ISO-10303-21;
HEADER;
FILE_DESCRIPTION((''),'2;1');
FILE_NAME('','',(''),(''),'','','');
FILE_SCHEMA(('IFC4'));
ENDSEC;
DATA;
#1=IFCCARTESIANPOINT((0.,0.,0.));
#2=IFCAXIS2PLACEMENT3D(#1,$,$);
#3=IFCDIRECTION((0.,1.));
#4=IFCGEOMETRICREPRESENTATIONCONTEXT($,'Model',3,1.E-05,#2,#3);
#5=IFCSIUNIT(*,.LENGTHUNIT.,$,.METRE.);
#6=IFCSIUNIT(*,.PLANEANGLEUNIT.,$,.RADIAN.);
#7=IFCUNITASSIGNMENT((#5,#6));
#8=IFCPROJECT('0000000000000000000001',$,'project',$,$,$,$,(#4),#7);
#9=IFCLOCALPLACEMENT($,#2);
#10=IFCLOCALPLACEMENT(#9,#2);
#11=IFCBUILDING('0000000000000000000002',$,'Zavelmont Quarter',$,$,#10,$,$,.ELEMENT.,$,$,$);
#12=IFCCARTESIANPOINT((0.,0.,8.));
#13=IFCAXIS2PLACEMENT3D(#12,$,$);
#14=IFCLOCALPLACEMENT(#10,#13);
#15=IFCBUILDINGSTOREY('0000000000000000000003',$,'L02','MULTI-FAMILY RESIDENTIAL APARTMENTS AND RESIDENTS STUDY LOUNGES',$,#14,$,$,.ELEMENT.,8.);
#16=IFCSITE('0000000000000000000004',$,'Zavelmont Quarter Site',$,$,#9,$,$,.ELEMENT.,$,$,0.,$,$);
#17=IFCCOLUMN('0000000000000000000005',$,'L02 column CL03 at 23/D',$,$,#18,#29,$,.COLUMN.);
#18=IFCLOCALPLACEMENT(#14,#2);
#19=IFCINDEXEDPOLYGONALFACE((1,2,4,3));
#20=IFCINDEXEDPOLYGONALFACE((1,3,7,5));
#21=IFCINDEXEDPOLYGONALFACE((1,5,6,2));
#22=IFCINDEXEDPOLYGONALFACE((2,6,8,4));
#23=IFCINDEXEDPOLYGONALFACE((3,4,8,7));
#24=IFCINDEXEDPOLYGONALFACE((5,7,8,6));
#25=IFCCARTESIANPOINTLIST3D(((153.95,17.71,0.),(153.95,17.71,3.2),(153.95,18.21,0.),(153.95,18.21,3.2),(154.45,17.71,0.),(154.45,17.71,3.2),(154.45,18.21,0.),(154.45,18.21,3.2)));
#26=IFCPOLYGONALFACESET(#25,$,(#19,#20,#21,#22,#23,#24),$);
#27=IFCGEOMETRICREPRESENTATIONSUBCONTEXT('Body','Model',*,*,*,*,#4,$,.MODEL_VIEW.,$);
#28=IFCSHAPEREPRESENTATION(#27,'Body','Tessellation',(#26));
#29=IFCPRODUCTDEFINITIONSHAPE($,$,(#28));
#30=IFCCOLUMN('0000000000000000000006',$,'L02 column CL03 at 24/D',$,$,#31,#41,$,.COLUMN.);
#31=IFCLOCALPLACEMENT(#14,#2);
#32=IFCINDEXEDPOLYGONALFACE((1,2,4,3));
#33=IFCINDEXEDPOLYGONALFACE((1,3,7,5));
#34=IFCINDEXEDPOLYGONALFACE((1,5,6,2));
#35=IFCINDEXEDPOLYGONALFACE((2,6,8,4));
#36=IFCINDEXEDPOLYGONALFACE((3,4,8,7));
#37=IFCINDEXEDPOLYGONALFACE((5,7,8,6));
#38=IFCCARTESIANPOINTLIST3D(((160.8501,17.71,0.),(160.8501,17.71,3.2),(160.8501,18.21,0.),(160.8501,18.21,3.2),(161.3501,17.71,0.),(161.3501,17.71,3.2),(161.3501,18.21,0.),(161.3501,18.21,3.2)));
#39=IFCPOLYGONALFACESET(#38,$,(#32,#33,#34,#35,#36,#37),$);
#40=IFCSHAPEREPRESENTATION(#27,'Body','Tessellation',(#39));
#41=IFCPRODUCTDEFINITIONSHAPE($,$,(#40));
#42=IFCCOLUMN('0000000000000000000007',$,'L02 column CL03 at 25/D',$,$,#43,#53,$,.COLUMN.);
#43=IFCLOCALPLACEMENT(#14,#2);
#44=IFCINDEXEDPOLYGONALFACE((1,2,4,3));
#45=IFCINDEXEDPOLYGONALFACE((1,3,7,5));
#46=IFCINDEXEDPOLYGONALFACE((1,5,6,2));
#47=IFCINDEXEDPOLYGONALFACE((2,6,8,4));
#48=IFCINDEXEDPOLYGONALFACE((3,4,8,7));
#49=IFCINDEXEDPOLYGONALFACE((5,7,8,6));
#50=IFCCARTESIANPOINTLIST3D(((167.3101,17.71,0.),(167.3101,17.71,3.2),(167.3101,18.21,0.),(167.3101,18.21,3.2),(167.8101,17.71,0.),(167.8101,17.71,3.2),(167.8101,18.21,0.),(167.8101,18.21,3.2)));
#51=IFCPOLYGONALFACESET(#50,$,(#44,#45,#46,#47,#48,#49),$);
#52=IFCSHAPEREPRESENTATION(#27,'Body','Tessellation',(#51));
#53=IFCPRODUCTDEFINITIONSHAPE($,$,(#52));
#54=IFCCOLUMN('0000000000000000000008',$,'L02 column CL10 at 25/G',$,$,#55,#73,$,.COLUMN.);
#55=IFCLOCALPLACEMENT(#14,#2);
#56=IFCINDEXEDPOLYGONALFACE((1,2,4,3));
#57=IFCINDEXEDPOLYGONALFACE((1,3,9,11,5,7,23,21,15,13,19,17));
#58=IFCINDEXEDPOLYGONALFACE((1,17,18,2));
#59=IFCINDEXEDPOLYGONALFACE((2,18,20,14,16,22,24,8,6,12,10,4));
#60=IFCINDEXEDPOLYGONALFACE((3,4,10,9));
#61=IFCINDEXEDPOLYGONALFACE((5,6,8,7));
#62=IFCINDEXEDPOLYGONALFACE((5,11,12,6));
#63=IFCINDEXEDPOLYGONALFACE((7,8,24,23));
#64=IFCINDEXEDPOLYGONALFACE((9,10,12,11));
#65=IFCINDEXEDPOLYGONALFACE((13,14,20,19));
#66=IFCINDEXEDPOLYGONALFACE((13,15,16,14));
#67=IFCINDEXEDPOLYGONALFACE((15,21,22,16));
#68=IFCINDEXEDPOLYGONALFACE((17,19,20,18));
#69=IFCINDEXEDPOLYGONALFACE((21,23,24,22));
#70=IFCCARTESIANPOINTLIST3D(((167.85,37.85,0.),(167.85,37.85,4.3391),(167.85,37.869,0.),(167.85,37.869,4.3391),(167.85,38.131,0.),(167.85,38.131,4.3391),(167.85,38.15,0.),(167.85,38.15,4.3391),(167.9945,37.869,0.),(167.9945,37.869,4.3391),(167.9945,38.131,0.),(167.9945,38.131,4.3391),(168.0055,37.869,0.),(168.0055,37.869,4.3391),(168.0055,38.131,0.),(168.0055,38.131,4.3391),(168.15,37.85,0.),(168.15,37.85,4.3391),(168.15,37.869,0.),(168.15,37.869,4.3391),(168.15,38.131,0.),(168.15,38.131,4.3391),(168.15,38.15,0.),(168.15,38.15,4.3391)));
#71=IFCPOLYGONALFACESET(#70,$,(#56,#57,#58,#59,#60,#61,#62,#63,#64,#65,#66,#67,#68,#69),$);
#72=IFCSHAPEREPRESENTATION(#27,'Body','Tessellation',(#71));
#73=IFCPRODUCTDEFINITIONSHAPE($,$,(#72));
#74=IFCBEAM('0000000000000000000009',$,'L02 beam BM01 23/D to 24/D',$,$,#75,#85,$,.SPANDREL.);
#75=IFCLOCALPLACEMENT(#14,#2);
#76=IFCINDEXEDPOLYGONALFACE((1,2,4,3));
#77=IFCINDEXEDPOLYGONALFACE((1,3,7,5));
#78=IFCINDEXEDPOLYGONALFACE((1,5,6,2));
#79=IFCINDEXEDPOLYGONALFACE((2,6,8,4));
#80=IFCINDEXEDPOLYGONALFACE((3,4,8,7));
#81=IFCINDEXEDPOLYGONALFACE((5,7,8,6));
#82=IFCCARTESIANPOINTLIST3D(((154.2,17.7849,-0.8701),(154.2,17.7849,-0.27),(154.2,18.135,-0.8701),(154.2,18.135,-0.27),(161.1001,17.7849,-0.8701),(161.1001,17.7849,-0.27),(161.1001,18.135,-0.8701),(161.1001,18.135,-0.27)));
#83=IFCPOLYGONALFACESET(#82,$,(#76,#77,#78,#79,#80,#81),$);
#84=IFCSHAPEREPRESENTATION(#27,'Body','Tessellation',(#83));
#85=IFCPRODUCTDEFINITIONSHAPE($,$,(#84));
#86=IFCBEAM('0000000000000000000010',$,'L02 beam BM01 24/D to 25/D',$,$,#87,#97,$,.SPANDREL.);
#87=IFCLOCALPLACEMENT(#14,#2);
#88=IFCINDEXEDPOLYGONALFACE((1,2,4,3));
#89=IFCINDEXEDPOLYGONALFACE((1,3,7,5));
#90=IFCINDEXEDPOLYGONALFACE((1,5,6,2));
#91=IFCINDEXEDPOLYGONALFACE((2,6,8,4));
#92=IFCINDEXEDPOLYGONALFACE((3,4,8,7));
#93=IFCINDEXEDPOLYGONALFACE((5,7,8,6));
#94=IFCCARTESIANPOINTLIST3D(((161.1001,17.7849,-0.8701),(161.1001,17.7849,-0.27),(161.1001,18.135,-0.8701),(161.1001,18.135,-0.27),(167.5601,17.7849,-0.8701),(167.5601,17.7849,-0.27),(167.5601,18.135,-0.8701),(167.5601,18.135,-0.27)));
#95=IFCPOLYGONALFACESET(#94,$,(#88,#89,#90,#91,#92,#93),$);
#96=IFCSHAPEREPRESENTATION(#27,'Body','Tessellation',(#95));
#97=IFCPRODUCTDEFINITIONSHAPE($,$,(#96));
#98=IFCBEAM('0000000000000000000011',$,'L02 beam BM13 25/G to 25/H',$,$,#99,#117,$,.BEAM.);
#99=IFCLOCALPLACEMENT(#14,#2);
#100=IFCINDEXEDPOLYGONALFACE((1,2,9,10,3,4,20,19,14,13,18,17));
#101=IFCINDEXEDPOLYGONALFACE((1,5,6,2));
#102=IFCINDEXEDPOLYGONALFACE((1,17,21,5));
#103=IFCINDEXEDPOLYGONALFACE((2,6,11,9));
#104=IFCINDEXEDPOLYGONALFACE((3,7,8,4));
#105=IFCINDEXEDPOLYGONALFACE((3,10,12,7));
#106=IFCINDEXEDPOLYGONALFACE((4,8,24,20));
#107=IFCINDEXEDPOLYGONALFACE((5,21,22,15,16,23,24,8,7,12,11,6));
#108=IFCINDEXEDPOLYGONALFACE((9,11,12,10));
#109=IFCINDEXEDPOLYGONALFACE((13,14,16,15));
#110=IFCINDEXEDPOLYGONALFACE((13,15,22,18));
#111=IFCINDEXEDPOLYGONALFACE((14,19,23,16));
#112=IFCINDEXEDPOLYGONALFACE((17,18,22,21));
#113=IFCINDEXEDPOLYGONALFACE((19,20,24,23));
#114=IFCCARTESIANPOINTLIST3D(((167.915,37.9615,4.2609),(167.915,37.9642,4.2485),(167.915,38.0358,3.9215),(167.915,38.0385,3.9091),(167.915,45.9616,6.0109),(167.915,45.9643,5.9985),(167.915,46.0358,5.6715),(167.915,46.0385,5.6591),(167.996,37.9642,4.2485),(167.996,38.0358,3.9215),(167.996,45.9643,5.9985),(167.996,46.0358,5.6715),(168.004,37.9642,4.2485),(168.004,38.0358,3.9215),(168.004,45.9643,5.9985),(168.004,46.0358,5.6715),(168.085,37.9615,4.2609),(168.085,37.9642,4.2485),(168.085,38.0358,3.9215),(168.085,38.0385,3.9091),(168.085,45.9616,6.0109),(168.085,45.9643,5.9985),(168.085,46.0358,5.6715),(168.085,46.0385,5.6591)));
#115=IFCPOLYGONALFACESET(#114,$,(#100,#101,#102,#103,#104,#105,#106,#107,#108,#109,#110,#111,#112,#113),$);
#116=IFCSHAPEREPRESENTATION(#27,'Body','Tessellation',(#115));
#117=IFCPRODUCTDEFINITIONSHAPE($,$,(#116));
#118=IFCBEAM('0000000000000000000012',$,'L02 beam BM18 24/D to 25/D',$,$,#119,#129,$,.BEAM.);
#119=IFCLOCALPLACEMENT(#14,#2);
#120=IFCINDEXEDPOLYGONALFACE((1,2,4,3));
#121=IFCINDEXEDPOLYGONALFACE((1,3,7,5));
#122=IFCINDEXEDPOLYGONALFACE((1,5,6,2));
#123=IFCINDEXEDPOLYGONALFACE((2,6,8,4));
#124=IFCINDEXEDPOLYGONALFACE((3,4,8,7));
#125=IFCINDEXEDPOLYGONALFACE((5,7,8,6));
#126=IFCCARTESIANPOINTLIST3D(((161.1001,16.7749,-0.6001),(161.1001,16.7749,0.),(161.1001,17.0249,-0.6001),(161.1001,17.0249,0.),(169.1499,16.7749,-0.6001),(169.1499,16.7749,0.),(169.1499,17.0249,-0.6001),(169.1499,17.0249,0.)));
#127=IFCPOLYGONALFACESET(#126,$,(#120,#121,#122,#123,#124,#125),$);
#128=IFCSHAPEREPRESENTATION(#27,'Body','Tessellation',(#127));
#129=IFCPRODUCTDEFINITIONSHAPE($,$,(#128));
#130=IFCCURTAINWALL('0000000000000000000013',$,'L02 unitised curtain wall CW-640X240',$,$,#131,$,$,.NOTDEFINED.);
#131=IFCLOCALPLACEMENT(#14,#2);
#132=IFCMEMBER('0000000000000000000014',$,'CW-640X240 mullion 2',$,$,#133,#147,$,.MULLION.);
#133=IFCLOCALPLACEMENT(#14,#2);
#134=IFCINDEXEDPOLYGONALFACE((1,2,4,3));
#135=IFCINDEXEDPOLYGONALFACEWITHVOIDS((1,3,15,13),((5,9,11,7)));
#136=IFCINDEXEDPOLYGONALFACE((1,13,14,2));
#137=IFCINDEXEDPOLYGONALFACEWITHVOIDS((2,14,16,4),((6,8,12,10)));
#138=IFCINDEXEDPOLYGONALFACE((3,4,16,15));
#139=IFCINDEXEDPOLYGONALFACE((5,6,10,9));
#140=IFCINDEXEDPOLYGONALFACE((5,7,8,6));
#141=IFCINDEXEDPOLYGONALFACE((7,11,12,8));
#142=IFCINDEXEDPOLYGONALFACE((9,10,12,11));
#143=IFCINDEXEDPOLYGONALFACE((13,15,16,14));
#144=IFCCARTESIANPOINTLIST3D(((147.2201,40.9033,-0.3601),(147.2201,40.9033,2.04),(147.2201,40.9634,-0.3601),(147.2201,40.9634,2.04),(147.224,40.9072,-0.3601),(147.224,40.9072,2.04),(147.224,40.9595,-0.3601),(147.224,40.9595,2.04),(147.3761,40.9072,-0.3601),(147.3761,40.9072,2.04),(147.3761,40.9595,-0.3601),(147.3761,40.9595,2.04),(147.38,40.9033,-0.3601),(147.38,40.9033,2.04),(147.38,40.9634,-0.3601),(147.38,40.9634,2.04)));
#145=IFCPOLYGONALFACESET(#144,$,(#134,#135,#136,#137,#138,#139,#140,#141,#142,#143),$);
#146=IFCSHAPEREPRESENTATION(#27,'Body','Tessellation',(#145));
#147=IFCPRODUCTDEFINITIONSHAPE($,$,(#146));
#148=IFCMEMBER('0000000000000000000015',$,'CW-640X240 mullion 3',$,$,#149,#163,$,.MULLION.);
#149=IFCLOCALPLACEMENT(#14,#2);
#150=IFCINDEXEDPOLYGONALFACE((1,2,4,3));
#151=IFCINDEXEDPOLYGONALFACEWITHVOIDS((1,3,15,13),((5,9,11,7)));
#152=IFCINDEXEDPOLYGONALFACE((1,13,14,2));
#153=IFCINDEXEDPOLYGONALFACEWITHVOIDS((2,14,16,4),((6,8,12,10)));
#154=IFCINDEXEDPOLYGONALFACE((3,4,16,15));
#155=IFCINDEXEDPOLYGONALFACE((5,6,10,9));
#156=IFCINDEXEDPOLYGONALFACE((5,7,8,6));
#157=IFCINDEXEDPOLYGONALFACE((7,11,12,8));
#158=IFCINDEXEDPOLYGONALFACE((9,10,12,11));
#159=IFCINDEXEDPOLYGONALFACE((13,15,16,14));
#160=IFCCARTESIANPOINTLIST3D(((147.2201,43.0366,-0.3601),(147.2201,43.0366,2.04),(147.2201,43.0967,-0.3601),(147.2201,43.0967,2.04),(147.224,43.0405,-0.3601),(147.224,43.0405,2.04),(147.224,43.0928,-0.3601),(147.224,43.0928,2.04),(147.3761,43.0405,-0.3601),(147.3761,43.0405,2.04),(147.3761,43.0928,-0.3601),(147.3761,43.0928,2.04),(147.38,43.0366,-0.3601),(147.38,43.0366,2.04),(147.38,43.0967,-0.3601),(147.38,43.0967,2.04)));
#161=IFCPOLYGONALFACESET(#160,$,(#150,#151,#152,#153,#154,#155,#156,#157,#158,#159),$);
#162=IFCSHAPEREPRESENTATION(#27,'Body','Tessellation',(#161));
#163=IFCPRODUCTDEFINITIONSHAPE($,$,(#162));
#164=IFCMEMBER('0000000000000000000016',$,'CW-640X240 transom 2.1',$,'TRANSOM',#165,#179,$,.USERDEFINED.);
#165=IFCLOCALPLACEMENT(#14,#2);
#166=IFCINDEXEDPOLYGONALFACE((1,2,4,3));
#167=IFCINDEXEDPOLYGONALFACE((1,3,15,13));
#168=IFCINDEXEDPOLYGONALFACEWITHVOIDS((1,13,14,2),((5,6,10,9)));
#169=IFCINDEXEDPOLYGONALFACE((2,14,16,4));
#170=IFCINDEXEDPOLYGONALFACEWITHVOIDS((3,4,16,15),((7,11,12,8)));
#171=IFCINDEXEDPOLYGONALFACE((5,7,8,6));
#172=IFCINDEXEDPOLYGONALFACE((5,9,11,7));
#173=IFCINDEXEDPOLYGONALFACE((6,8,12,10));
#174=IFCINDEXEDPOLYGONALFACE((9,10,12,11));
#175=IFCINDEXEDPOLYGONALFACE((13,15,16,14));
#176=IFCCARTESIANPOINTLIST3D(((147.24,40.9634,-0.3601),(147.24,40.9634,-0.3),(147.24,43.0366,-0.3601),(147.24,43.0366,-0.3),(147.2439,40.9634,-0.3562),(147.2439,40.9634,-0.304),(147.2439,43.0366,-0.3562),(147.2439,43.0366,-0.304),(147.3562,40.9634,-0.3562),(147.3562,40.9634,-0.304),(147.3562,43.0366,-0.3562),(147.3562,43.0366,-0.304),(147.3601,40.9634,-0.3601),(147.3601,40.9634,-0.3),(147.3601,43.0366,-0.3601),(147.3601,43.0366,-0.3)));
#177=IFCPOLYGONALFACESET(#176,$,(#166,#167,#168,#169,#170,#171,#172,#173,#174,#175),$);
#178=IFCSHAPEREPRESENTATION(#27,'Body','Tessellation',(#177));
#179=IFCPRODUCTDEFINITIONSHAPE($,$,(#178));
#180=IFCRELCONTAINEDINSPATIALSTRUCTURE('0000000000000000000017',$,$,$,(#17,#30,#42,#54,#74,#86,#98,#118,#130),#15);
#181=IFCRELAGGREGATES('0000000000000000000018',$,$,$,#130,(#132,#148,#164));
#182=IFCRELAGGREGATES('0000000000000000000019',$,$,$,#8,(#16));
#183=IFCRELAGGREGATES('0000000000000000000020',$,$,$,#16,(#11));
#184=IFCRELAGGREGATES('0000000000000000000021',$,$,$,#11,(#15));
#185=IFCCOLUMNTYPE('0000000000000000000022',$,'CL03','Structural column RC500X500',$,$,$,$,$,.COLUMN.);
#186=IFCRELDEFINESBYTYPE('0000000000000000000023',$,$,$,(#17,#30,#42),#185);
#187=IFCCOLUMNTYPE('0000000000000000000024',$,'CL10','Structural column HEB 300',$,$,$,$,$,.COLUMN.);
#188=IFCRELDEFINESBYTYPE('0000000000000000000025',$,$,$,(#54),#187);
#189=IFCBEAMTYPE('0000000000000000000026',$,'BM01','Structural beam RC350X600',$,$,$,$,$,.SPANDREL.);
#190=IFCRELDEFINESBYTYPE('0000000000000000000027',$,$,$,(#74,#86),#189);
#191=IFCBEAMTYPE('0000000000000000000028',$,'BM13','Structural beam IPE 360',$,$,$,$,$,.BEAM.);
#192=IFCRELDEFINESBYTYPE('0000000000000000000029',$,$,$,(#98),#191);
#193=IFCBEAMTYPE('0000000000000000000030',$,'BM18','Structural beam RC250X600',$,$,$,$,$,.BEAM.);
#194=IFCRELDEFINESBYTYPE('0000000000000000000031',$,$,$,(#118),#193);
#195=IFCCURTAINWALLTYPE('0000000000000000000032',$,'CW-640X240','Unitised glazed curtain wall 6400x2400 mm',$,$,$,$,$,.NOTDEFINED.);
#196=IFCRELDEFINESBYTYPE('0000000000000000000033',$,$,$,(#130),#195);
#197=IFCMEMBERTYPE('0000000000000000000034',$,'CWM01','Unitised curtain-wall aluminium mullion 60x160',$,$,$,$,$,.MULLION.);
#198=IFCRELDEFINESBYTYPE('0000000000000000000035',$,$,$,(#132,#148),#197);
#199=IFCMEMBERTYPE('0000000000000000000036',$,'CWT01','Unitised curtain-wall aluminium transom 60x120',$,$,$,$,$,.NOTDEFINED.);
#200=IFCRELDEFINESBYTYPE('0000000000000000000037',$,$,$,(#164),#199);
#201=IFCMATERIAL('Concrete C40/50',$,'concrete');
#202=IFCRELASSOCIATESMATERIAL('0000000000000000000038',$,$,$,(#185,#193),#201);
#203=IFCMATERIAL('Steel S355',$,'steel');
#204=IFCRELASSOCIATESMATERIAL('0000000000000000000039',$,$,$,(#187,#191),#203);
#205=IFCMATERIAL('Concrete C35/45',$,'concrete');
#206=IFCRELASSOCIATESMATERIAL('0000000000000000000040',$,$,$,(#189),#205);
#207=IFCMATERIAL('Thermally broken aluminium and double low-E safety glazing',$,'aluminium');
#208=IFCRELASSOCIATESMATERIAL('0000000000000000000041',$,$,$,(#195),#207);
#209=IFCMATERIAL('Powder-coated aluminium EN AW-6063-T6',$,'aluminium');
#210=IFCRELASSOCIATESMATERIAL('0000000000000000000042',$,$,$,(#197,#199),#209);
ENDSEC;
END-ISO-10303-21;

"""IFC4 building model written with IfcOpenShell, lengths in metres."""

from ifc_helpers import new_model, si_unit, direction, frame, origin, origin_2d, place, context, subcontext, project, spatial, rectangle, hollow_rectangle, i_section, extrude, material, material_profile, profile_set, type_object, element, aggregate, save


model = new_model("IFC4")

# Units and contexts
model_context = context("Model", 3, precision=1e-05, world=origin(), true_north=direction((0.0, 1.0)))
body_context = subcontext(model_context, "Body", "Model", "MODEL_VIEW")
ifc_project = project(units=[si_unit("LENGTHUNIT", "METRE"), si_unit("PLANEANGLEUNIT", "RADIAN")], contexts=[model_context])

# Site, building, storey
site_placement = place(None, origin())
site = spatial("IfcSite", under=ifc_project, at=site_placement, Name="Zavelmont Quarter Site", CompositionType="ELEMENT", RefElevation=0.0)
building_placement = place(site_placement, origin())
building = spatial("IfcBuilding", under=site, at=building_placement, Name="Zavelmont Quarter", CompositionType="ELEMENT")
storey_placement = place(building_placement, frame((0.0, 0.0, 8.0)))
storey = spatial("IfcBuildingStorey", under=building, at=storey_placement, Name="L02", Description="MULTI-FAMILY RESIDENTIAL APARTMENTS AND RESIDENTS STUDY LOUNGES", CompositionType="ELEMENT", Elevation=8.0)

# Columns
ifc_material_1 = material(Name="Concrete C40/50", Category="concrete")
ifc_material_profile_1 = material_profile(ifc_material_1, rectangle(XDim=0.5, YDim=0.5, at=origin_2d()), Name="RC500X500")
ifc_profile_set_1 = profile_set([ifc_material_profile_1], Name="Concrete C40/50")
column_type_1 = type_object("IfcColumnType", Name="CL03", Description="Structural column RC500X500", PredefinedType="COLUMN", material=ifc_profile_set_1)
for number, where, z_axis, x_axis, name in (
    (1, (154.2, 17.96, 0.0), (0.0, 0.0, 1.0), (1.0, 0.0, 0.0), "L02 column CL03 at 23/D"),
    (2, (161.1001, 17.96, 0.0), (0.0, 0.0, 1.0), (1.0, 0.0, 0.0), "L02 column CL03 at 24/D"),
    (3, (167.5601, 17.96, 0.0), (0.0, 0.0, 1.0), (1.0, 0.0, 0.0), "L02 column CL03 at 25/D"),
):
    element("IfcColumn", number, at=place(storey_placement, frame(where, z_axis=z_axis, x_axis=x_axis)), inside=storey, type_object=column_type_1, Name=name, PredefinedType="COLUMN", context=body_context, shape_type="SweptSolid", body=[
        extrude(rectangle(XDim=0.5, YDim=0.5, at=origin_2d()), origin(), (0.0, 0.0, 1.0), 3.2),
    ])
ifc_material_2 = material(Name="Steel S355", Category="steel")
ifc_material_profile_2 = material_profile(ifc_material_2, i_section(OverallWidth=0.3, OverallDepth=0.3, WebThickness=0.011, FlangeThickness=0.019, at=origin_2d()), Name="HEB 300")
ifc_profile_set_2 = profile_set([ifc_material_profile_2], Name="Steel S355")
column_type_2 = type_object("IfcColumnType", Name="CL10", Description="Structural column HEB 300", PredefinedType="COLUMN", material=ifc_profile_set_2)
column_placement = place(storey_placement, frame((168.0, 38.0, 0.0), z_axis=(0.0, 0.0, 1.0), x_axis=(1.0, 0.0, 0.0)))
element("IfcColumn", 4, at=column_placement, inside=storey, type_object=column_type_2, Name="L02 column CL10 at 25/G", PredefinedType="COLUMN", context=body_context, shape_type="SweptSolid", body=[
    extrude(i_section(OverallWidth=0.3, OverallDepth=0.3, WebThickness=0.011, FlangeThickness=0.019, at=origin_2d()), origin(), (0.0, 0.0, 1.0), 4.3391),
])

# Beams
ifc_material_3 = material(Name="Concrete C35/45", Category="concrete")
ifc_material_profile_3 = material_profile(ifc_material_3, rectangle(XDim=0.3501, YDim=0.6001, at=origin_2d()), Name="RC350X600")
ifc_profile_set_3 = profile_set([ifc_material_profile_3], Name="Concrete C35/45")
beam_type_1 = type_object("IfcBeamType", Name="BM01", Description="Structural beam RC350X600", PredefinedType="SPANDREL", material=ifc_profile_set_3)
beam_1_placement = place(storey_placement, frame((154.2, 17.96, -0.5701), z_axis=(1.0, 0.0, 0.0), x_axis=(0.0, 1.0, 0.0)))
element("IfcBeam", 5, at=beam_1_placement, inside=storey, type_object=beam_type_1, Name="L02 beam BM01 23/D to 24/D", PredefinedType="SPANDREL", context=body_context, shape_type="SweptSolid", body=[
    extrude(rectangle(XDim=0.3501, YDim=0.6001, at=origin_2d()), origin(), (0.0, 0.0, 1.0), 6.9001),
])
beam_2_placement = place(storey_placement, frame((161.1001, 17.96, -0.5701), z_axis=(1.0, 0.0, 0.0), x_axis=(0.0, 1.0, 0.0)))
element("IfcBeam", 6, at=beam_2_placement, inside=storey, type_object=beam_type_1, Name="L02 beam BM01 24/D to 25/D", PredefinedType="SPANDREL", context=body_context, shape_type="SweptSolid", body=[
    extrude(rectangle(XDim=0.3501, YDim=0.6001, at=origin_2d()), origin(), (0.0, 0.0, 1.0), 6.46),
])
ifc_material_profile_4 = material_profile(ifc_material_2, i_section(OverallWidth=0.1699, OverallDepth=0.3601, WebThickness=0.0081, FlangeThickness=0.0127, at=origin_2d()), Name="IPE 360")
ifc_profile_set_4 = profile_set([ifc_material_profile_4], Name="Steel S355")
beam_type_2 = type_object("IfcBeamType", Name="BM13", Description="Structural beam IPE 360", PredefinedType="BEAM", material=ifc_profile_set_4)
beam_3_placement = place(storey_placement, frame((168.0, 38.0, 4.085), z_axis=(0.0, 0.9769, 0.213697), x_axis=(-1.0, 0.0, 0.0)))
element("IfcBeam", 7, at=beam_3_placement, inside=storey, type_object=beam_type_2, Name="L02 beam BM13 25/G to 25/H", PredefinedType="BEAM", context=body_context, shape_type="SweptSolid", body=[
    extrude(i_section(OverallWidth=0.1699, OverallDepth=0.3601, WebThickness=0.0081, FlangeThickness=0.0127, at=origin_2d()), origin(), (0.0, 0.0, 1.0), 8.1892),
])
ifc_material_profile_5 = material_profile(ifc_material_1, rectangle(XDim=0.25, YDim=0.6001, at=origin_2d()), Name="RC250X600")
ifc_profile_set_5 = profile_set([ifc_material_profile_5], Name="Concrete C40/50")
beam_type_3 = type_object("IfcBeamType", Name="BM18", Description="Structural beam RC250X600", PredefinedType="BEAM", material=ifc_profile_set_5)
beam_4_placement = place(storey_placement, frame((161.1001, 16.8999, -0.3), z_axis=(1.0, 0.0, 0.0), x_axis=(0.0, 1.0, 0.0)))
element("IfcBeam", 8, at=beam_4_placement, inside=storey, type_object=beam_type_3, Name="L02 beam BM18 24/D to 25/D", PredefinedType="BEAM", context=body_context, shape_type="SweptSolid", body=[
    extrude(rectangle(XDim=0.25, YDim=0.6001, at=origin_2d()), origin(), (0.0, 0.0, 1.0), 8.0498),
])

# Curtain wall, members
ifc_material_4 = material(Name="Thermally broken aluminium and double low-E safety glazing", Category="aluminium")
curtain_wall_type = type_object("IfcCurtainWallType", Name="CW-640X240", Description="Unitised glazed curtain wall 6400x2400 mm", PredefinedType="NOTDEFINED", material=ifc_material_4)
curtain_wall_placement = place(storey_placement, origin())
curtain_wall = element("IfcCurtainWall", 9, at=curtain_wall_placement, inside=storey, type_object=curtain_wall_type, Name="L02 unitised curtain wall CW-640X240", PredefinedType="NOTDEFINED")
ifc_material_5 = material(Name="Powder-coated aluminium EN AW-6063-T6", Category="aluminium")
ifc_material_profile_6 = material_profile(ifc_material_5, hollow_rectangle(XDim=0.0601, YDim=0.1599, WallThickness=0.0039, at=origin_2d()), Name="CWM60X160")
ifc_profile_set_6 = profile_set([ifc_material_profile_6], Name="Powder-coated aluminium EN AW-6063-T6")
member_type_1 = type_object("IfcMemberType", Name="CWM01", Description="Unitised curtain-wall aluminium mullion 60x160", PredefinedType="MULLION", material=ifc_profile_set_6)
member_1_placement = place(storey_placement, frame((147.3, 40.9333, -0.3601), z_axis=(0.0, 0.0, 1.0), x_axis=(0.0, 1.0, 0.0)))
member_1 = element("IfcMember", 10, at=member_1_placement, type_object=member_type_1, Name="CW-640X240 mullion 2", PredefinedType="MULLION", context=body_context, shape_type="SweptSolid", body=[
    extrude(hollow_rectangle(XDim=0.0601, YDim=0.1599, WallThickness=0.0039, at=origin_2d()), origin(), (0.0, 0.0, 1.0), 2.4001),
])
member_2_placement = place(storey_placement, frame((147.3, 43.0667, -0.3601), z_axis=(0.0, 0.0, 1.0), x_axis=(0.0, 1.0, 0.0)))
member_2 = element("IfcMember", 11, at=member_2_placement, type_object=member_type_1, Name="CW-640X240 mullion 3", PredefinedType="MULLION", context=body_context, shape_type="SweptSolid", body=[
    extrude(hollow_rectangle(XDim=0.0601, YDim=0.1599, WallThickness=0.0039, at=origin_2d()), origin(), (0.0, 0.0, 1.0), 2.4001),
])
ifc_material_profile_7 = material_profile(ifc_material_5, hollow_rectangle(XDim=0.1201, YDim=0.0601, WallThickness=0.0039, at=origin_2d()), Name="CWT60X120")
ifc_profile_set_7 = profile_set([ifc_material_profile_7], Name="Powder-coated aluminium EN AW-6063-T6")
member_type_2 = type_object("IfcMemberType", Name="CWT01", Description="Unitised curtain-wall aluminium transom 60x120", PredefinedType="NOTDEFINED", material=ifc_profile_set_7)
member_3_placement = place(storey_placement, frame((147.3, 40.9634, -0.3301), z_axis=(0.0, 1.0, 0.0), x_axis=(-1.0, 0.0, 0.0)))
member_3 = element("IfcMember", 12, at=member_3_placement, type_object=member_type_2, Name="CW-640X240 transom 2.1", ObjectType="TRANSOM", PredefinedType="USERDEFINED", context=body_context, shape_type="SweptSolid", body=[
    extrude(hollow_rectangle(XDim=0.1201, YDim=0.0601, WallThickness=0.0039, at=origin_2d()), origin(), (0.0, 0.0, 1.0), 2.0732),
])

aggregate(curtain_wall, [member_1, member_2, member_3])

save(model, "model.ifc")
